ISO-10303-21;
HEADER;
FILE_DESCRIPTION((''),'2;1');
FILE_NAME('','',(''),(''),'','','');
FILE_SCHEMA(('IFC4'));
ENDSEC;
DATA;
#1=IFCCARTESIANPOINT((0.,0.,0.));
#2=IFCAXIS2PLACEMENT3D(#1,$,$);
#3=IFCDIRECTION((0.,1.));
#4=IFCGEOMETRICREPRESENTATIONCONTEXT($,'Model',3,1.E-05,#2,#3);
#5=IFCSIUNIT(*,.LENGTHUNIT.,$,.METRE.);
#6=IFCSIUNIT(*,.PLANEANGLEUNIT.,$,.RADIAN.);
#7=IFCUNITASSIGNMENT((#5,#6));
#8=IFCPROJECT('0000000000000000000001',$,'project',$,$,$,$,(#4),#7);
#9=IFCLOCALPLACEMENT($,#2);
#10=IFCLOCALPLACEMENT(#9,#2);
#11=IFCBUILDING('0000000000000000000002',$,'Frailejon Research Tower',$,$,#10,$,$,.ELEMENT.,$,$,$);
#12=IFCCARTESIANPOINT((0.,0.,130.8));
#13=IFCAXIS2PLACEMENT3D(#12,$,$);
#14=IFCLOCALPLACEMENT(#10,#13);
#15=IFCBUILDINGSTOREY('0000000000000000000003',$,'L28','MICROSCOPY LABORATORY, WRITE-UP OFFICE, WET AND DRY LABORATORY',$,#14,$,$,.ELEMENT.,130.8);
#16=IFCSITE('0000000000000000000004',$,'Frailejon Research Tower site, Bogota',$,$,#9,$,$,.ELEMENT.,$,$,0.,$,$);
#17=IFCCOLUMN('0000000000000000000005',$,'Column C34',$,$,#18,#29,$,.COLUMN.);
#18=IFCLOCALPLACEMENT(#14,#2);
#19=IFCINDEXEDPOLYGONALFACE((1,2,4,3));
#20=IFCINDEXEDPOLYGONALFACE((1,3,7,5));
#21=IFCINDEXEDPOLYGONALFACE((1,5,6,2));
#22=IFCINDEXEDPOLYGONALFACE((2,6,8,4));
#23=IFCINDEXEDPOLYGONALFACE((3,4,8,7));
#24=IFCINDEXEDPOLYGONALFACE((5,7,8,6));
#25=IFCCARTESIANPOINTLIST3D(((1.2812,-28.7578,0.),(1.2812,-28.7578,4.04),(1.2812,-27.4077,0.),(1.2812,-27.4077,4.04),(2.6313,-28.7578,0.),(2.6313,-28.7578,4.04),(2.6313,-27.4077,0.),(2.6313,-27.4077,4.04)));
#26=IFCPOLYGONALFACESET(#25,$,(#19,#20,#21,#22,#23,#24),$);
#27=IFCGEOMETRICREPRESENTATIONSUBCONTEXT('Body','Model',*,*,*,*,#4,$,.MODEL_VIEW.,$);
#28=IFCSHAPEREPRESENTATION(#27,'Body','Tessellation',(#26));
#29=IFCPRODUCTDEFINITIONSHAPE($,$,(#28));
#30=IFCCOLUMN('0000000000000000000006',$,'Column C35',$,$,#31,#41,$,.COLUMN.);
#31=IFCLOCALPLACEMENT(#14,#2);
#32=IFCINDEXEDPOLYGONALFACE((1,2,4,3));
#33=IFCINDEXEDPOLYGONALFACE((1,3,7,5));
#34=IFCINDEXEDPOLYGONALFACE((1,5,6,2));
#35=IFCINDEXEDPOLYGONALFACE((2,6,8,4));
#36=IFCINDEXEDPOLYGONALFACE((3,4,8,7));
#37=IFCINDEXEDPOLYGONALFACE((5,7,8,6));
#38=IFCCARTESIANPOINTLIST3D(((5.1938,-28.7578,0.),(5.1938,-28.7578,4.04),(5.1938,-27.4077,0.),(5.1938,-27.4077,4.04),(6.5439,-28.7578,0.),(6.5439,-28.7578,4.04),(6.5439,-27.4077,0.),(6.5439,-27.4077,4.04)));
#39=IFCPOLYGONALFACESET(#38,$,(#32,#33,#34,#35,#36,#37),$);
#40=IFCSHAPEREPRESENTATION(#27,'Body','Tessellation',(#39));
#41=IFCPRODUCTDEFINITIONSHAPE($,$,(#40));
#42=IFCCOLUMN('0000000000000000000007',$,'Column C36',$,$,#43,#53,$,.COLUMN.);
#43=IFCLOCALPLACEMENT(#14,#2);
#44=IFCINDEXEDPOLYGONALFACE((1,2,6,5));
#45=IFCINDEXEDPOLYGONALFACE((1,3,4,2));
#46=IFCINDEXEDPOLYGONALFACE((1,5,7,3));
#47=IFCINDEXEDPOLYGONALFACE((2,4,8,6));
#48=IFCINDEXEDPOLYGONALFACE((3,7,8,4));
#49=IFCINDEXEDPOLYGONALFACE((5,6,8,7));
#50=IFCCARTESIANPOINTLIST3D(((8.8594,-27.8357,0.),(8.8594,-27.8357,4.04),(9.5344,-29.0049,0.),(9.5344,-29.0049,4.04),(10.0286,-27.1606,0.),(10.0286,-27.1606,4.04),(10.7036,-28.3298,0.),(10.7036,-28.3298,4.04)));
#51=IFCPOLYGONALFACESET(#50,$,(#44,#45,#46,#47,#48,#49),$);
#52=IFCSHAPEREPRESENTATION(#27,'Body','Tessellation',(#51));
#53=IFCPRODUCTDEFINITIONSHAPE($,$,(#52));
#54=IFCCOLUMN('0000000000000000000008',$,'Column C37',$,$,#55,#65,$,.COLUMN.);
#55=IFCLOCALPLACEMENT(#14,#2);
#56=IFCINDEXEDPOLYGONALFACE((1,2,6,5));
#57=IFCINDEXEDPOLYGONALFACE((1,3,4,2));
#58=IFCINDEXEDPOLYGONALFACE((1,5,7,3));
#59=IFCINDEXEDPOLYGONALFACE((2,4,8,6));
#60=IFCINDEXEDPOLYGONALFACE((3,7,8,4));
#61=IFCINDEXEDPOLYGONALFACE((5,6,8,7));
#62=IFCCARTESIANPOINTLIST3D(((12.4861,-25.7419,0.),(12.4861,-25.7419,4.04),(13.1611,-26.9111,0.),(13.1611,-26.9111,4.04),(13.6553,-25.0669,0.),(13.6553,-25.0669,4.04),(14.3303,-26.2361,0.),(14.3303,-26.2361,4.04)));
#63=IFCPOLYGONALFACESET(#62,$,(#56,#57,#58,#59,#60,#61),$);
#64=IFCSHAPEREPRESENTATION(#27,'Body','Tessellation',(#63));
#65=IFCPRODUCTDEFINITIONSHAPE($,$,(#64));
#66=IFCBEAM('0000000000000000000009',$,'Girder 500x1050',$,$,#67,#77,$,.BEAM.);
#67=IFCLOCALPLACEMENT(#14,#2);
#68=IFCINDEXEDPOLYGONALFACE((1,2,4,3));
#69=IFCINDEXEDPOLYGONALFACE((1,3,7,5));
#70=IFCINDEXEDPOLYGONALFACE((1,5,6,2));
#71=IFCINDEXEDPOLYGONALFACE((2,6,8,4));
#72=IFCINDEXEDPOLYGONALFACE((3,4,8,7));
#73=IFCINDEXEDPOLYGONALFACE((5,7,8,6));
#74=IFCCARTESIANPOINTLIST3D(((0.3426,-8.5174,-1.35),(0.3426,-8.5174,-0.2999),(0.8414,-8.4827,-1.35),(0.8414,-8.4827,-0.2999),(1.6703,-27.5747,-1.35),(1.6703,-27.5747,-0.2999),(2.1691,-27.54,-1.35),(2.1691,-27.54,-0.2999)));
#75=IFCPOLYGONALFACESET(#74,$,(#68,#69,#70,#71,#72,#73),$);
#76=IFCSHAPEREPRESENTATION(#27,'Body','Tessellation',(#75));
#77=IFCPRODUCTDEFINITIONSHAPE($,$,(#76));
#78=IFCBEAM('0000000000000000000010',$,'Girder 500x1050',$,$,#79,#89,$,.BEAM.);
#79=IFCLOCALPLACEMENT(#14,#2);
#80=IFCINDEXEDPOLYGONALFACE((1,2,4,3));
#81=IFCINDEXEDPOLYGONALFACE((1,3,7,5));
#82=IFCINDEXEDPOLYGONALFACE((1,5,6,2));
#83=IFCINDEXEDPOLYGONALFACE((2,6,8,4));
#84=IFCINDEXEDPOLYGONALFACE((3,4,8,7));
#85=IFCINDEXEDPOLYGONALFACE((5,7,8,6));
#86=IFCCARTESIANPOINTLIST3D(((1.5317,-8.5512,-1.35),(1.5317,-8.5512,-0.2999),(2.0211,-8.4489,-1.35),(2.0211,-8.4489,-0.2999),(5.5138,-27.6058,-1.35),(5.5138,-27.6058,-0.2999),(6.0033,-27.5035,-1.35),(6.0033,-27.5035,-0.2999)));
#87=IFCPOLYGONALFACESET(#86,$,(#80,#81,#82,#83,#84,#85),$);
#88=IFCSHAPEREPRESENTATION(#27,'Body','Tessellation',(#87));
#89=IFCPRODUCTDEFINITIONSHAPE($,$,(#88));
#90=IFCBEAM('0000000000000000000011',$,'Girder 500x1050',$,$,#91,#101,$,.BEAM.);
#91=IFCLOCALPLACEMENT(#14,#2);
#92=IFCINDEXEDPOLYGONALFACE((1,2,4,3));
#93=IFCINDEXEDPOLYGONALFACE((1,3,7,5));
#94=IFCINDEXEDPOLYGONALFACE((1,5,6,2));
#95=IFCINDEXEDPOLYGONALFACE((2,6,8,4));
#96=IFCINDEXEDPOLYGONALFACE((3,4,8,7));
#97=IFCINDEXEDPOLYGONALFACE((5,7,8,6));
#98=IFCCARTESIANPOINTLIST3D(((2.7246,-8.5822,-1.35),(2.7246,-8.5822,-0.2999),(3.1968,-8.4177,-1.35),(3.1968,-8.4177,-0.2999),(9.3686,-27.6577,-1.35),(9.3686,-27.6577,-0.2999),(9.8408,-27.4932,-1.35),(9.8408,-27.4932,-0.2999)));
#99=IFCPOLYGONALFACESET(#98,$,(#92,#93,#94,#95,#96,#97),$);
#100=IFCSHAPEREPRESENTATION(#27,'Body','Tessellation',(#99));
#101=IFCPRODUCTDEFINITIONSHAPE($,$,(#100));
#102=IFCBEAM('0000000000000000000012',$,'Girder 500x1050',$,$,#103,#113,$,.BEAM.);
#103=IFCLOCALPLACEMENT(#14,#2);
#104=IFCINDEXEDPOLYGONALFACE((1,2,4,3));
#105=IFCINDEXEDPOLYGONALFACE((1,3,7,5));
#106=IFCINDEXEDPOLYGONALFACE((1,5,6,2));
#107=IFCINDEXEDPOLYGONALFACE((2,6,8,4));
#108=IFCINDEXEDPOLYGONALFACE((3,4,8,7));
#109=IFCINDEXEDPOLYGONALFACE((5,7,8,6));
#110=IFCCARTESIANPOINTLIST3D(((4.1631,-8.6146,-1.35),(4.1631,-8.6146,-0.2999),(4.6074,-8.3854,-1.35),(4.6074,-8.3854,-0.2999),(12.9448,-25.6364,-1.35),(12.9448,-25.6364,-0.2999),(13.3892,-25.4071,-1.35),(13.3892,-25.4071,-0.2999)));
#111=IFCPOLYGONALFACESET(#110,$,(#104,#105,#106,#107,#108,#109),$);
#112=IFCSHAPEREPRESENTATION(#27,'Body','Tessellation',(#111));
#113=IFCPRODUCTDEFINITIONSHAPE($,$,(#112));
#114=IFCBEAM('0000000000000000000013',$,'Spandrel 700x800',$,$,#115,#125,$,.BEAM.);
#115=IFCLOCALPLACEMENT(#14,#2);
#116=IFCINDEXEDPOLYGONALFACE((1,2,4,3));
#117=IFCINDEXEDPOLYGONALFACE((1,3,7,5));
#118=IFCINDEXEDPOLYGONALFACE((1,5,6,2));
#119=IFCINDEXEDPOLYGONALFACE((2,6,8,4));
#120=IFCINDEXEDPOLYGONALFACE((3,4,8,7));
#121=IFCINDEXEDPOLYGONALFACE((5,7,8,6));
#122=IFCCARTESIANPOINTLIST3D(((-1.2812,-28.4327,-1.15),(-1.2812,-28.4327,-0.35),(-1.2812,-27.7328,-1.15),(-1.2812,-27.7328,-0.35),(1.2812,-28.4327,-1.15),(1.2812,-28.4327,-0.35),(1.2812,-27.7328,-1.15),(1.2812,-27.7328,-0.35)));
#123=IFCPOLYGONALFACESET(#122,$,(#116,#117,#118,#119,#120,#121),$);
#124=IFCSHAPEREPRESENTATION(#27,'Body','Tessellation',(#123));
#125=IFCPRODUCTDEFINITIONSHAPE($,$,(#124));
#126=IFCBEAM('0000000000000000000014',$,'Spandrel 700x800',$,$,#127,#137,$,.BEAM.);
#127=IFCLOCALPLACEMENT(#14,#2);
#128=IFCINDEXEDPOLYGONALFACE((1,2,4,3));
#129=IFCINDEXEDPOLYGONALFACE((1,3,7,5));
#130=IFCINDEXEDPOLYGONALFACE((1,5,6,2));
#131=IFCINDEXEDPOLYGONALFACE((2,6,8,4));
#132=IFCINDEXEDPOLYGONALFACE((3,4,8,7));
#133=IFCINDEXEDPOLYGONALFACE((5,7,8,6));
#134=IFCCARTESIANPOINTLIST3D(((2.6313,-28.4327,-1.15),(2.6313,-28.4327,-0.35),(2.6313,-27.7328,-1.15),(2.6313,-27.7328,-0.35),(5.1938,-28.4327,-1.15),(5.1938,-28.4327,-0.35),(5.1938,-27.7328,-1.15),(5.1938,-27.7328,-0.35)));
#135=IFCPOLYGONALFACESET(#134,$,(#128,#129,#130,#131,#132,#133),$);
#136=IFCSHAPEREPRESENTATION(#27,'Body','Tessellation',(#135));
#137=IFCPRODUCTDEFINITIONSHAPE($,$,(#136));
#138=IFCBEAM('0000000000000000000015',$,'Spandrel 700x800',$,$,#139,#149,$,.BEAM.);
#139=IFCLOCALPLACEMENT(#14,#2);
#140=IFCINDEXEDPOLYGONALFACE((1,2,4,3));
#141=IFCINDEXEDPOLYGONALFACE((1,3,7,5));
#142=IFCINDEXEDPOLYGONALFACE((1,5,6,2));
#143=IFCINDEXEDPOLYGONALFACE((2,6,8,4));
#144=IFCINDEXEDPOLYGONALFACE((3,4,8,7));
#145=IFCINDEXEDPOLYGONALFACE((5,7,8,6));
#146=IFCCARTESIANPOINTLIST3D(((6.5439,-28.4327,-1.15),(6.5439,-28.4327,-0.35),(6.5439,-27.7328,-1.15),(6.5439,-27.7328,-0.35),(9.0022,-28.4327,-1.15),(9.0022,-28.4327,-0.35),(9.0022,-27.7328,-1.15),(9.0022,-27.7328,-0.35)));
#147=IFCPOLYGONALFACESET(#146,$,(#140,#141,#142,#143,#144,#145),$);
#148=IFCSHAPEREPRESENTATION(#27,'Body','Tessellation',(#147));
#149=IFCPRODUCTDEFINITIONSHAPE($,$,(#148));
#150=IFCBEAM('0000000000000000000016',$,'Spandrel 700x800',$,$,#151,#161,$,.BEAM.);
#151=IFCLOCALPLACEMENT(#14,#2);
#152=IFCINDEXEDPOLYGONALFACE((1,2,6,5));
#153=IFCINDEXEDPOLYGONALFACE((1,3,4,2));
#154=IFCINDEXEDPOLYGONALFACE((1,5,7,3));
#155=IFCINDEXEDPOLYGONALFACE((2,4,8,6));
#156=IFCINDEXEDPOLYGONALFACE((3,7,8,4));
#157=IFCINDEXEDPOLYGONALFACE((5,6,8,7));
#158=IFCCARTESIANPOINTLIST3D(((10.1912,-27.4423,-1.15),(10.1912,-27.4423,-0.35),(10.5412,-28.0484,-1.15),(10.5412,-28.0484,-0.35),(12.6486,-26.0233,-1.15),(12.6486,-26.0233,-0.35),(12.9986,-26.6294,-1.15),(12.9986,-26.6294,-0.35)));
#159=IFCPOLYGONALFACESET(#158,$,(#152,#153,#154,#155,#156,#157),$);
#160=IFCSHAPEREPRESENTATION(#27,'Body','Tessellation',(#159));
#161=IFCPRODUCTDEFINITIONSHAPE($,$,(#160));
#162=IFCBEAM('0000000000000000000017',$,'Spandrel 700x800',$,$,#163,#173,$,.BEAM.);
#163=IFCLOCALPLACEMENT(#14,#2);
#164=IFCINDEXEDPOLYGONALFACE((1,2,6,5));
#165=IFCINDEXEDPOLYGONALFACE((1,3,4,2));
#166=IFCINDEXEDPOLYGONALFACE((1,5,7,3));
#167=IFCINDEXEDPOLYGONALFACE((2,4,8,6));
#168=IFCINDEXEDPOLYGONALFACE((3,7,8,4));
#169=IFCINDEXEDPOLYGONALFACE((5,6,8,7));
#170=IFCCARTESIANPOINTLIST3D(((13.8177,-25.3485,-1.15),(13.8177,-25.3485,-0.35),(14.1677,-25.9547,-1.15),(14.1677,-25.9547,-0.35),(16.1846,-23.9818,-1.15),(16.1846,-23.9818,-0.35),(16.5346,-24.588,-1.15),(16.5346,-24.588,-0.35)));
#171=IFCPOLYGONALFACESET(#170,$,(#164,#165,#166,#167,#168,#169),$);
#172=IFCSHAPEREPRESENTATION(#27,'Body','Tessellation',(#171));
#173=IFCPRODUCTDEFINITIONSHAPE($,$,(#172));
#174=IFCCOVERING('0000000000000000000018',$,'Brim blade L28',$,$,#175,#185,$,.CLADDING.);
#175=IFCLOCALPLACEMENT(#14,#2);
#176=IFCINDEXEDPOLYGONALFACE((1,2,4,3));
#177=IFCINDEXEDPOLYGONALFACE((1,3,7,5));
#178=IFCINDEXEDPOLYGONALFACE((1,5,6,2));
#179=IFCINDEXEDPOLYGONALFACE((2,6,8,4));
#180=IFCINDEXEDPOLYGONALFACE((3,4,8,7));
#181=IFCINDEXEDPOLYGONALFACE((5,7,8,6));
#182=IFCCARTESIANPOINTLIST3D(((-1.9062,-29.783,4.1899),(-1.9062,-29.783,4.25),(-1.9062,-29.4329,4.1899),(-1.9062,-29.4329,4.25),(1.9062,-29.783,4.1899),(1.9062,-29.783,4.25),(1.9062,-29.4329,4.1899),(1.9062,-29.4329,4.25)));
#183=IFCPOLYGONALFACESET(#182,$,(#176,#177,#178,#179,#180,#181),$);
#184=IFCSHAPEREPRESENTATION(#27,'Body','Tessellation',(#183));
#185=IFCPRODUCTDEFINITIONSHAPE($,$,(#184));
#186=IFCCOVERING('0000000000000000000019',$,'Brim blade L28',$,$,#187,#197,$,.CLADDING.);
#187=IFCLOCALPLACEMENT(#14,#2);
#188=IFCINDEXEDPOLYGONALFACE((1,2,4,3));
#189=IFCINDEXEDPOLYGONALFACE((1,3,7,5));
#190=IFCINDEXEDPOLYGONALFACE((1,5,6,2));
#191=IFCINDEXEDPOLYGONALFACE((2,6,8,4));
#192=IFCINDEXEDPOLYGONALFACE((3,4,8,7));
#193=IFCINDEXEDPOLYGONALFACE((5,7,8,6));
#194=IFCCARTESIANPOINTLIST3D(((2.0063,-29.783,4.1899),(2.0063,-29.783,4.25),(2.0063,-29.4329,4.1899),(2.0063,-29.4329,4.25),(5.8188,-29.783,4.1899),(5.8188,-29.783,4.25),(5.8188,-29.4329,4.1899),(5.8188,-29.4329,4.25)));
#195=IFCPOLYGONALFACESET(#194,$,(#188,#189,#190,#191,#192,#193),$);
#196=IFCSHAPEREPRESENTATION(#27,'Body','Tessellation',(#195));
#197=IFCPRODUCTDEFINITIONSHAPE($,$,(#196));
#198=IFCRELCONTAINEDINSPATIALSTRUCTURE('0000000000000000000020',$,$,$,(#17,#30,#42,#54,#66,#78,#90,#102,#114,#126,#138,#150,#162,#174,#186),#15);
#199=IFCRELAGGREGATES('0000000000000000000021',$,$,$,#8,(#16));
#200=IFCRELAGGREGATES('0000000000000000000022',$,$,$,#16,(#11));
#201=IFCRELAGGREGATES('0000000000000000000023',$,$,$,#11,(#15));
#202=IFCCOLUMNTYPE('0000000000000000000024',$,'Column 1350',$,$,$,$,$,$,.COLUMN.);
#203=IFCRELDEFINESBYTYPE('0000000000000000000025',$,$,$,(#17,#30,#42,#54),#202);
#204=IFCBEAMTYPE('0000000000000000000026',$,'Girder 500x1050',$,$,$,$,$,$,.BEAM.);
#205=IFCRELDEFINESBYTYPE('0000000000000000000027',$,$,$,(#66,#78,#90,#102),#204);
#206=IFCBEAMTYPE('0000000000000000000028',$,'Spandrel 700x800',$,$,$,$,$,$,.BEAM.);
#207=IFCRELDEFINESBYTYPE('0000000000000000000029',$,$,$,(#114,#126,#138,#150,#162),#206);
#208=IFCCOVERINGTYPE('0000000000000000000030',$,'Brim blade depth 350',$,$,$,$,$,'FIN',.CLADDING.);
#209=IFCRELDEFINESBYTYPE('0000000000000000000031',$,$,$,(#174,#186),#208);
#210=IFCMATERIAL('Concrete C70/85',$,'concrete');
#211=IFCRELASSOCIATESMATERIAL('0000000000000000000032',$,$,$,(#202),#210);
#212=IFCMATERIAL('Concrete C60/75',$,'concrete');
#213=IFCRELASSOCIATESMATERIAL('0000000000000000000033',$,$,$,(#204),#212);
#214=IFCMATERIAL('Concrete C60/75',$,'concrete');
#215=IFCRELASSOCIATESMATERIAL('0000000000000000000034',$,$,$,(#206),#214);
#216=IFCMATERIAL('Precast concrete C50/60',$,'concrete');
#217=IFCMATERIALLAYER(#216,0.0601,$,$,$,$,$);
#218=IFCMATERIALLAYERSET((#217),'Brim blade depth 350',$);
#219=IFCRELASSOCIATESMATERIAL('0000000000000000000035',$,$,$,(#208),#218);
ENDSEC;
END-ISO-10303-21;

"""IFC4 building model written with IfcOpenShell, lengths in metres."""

from ifc_helpers import new_model, si_unit, direction, frame, origin, origin_2d, place, context, subcontext, project, spatial, polyline, rectangle, outline, extrude, material, layer, layer_set, material_profile, profile_set, type_object, element, save


model = new_model("IFC4")

# Units and contexts
model_context = context("Model", 3, precision=1e-05, world=origin(), true_north=direction((0.0, 1.0)))
body_context = subcontext(model_context, "Body", "Model", "MODEL_VIEW")
ifc_project = project(units=[si_unit("LENGTHUNIT", "METRE"), si_unit("PLANEANGLEUNIT", "RADIAN")], contexts=[model_context])

# Site, building, storey
site_placement = place(None, origin())
site = spatial("IfcSite", under=ifc_project, at=site_placement, Name="Frailejon Research Tower site, Bogota", CompositionType="ELEMENT", RefElevation=0.0)
building_placement = place(site_placement, origin())
building = spatial("IfcBuilding", under=site, at=building_placement, Name="Frailejon Research Tower", CompositionType="ELEMENT")
storey_placement = place(building_placement, frame((0.0, 0.0, 130.8)))
storey = spatial("IfcBuildingStorey", under=building, at=storey_placement, Name="L28", Description="MICROSCOPY LABORATORY, WRITE-UP OFFICE, WET AND DRY LABORATORY", CompositionType="ELEMENT", Elevation=130.8)

# Columns
ifc_material_1 = material(Name="Concrete C70/85", Category="concrete")
ifc_material_profile_1 = material_profile(ifc_material_1, rectangle(XDim=1.3501, YDim=1.3501, at=origin_2d()), Name="Column 1350")
ifc_profile_set_1 = profile_set([ifc_material_profile_1], Name="Concrete C70/85")
column_type = type_object("IfcColumnType", Name="Column 1350", PredefinedType="COLUMN", material=ifc_profile_set_1)
for number, where, z_axis, x_axis, name in (
    (1, (1.9563, -28.0828, 0.0), (0.0, 0.0, 1.0), (1.0, 0.0, 0.0), "Column C34"),
    (2, (5.8689, -28.0828, 0.0), (0.0, 0.0, 1.0), (1.0, 0.0, 0.0), "Column C35"),
    (3, (9.7815, -28.0828, 0.0), (0.0, 0.0, 1.0), (0.866025, 0.5, 0.0), "Column C36"),
    (4, (13.4082, -25.989, 0.0), (0.0, 0.0, 1.0), (0.866025, 0.5, 0.0), "Column C37"),
):
    element("IfcColumn", number, at=place(storey_placement, frame(where, z_axis=z_axis, x_axis=x_axis)), inside=storey, type_object=column_type, Name=name, PredefinedType="COLUMN", context=body_context, shape_type="SweptSolid", body=[
        extrude(rectangle(XDim=1.3501, YDim=1.3501, at=origin_2d()), origin(), (0.0, 0.0, 1.0), 4.04),
    ])

# Beams
ifc_material_2 = material(Name="Concrete C60/75", Category="concrete")
ifc_material_profile_2 = material_profile(ifc_material_2, rectangle(XDim=0.5, YDim=1.05, at=origin_2d()), Name="Girder 500x1050")
ifc_profile_set_2 = profile_set([ifc_material_profile_2], Name="Concrete C60/75")
beam_type_1 = type_object("IfcBeamType", Name="Girder 500x1050", PredefinedType="BEAM", material=ifc_profile_set_2)
beam_1_placement = place(storey_placement, frame((1.9197, -27.5574, -0.825), z_axis=(-0.069497, 0.997582, 0.0), x_axis=(-0.997582, -0.069497, 0.0)))
element("IfcBeam", 5, at=beam_1_placement, inside=storey, type_object=beam_type_1, Name="Girder 500x1050", PredefinedType="BEAM", context=body_context, shape_type="SweptSolid", body=[
    extrude(rectangle(XDim=0.5, YDim=1.05, at=origin_2d()), origin(), (0.0, 0.0, 1.0), 19.1035),
])
beam_2_placement = place(storey_placement, frame((5.7585, -27.5547, -0.825), z_axis=(-0.204567, 0.978853, 0.0), x_axis=(-0.978853, -0.204567, 0.0)))
element("IfcBeam", 6, at=beam_2_placement, inside=storey, type_object=beam_type_1, Name="Girder 500x1050", PredefinedType="BEAM", context=body_context, shape_type="SweptSolid", body=[
    extrude(rectangle(XDim=0.5, YDim=1.05, at=origin_2d()), origin(), (0.0, 0.0, 1.0), 19.4663),
])
beam_3_placement = place(storey_placement, frame((9.6047, -27.5754, -0.825), z_axis=(-0.328923, 0.944357, 0.0), x_axis=(-0.944357, -0.328923, 0.0)))
element("IfcBeam", 7, at=beam_3_placement, inside=storey, type_object=beam_type_1, Name="Girder 500x1050", PredefinedType="BEAM", context=body_context, shape_type="SweptSolid", body=[
    extrude(rectangle(XDim=0.5, YDim=1.05, at=origin_2d()), origin(), (0.0, 0.0, 1.0), 20.1995),
])
beam_4_placement = place(storey_placement, frame((13.167, -25.5217, -0.825), z_axis=(-0.458492, 0.888699, 0.0), x_axis=(-0.888699, -0.458492, 0.0)))
element("IfcBeam", 8, at=beam_4_placement, inside=storey, type_object=beam_type_1, Name="Girder 500x1050", PredefinedType="BEAM", context=body_context, shape_type="SweptSolid", body=[
    extrude(rectangle(XDim=0.5, YDim=1.05, at=origin_2d()), origin(), (0.0, 0.0, 1.0), 19.1536),
])
ifc_material_3 = material(Name="Concrete C60/75", Category="concrete")
ifc_material_profile_3 = material_profile(ifc_material_3, rectangle(XDim=0.7, YDim=0.8, at=origin_2d()), Name="Spandrel 700x800")
ifc_profile_set_3 = profile_set([ifc_material_profile_3], Name="Concrete C60/75")
beam_type_2 = type_object("IfcBeamType", Name="Spandrel 700x800", PredefinedType="BEAM", material=ifc_profile_set_3)
for number, where, z_axis, x_axis, name in (
    (9, (-1.2812, -28.0828, -0.75), (1.0, 0.0, 0.0), (0.0, 1.0, 0.0), "Spandrel 700x800"),
    (10, (2.6313, -28.0828, -0.75), (1.0, 0.0, 0.0), (0.0, 1.0, 0.0), "Spandrel 700x800"),
):
    element("IfcBeam", number, at=place(storey_placement, frame(where, z_axis=z_axis, x_axis=x_axis)), inside=storey, type_object=beam_type_2, Name=name, PredefinedType="BEAM", context=body_context, shape_type="SweptSolid", body=[
        extrude(rectangle(XDim=0.7, YDim=0.8, at=origin_2d()), origin(), (0.0, 0.0, 1.0), 2.5625),
    ])
beam_5_placement = place(storey_placement, frame((6.5439, -28.0828, -0.75), z_axis=(1.0, 0.0, 0.0), x_axis=(0.0, 1.0, 0.0)))
element("IfcBeam", 11, at=beam_5_placement, inside=storey, type_object=beam_type_2, Name="Spandrel 700x800", PredefinedType="BEAM", context=body_context, shape_type="SweptSolid", body=[
    extrude(rectangle(XDim=0.7, YDim=0.8, at=origin_2d()), origin(), (0.0, 0.0, 1.0), 2.4583),
])
beam_6_placement = place(storey_placement, frame((10.3662, -27.7454, -0.75), z_axis=(0.865989, 0.500063, 0.0), x_axis=(-0.500063, 0.865989, 0.0)))
element("IfcBeam", 12, at=beam_6_placement, inside=storey, type_object=beam_type_2, Name="Spandrel 700x800", PredefinedType="BEAM", context=body_context, shape_type="SweptSolid", body=[
    extrude(rectangle(XDim=0.7, YDim=0.8, at=origin_2d()), origin(), (0.0, 0.0, 1.0), 2.8376),
])
beam_7_placement = place(storey_placement, frame((13.9927, -25.6516, -0.75), z_axis=(0.866003, 0.500039, 0.0), x_axis=(-0.500039, 0.866003, 0.0)))
element("IfcBeam", 13, at=beam_7_placement, inside=storey, type_object=beam_type_2, Name="Spandrel 700x800", PredefinedType="BEAM", context=body_context, shape_type="SweptSolid", body=[
    extrude(rectangle(XDim=0.7, YDim=0.8, at=origin_2d()), origin(), (0.0, 0.0, 1.0), 2.7332),
])

# Coverings
ifc_material_4 = material(Name="Precast concrete C50/60", Category="concrete")
ifc_layer_1 = layer(ifc_material_4, 0.0601)
ifc_layer_set_1 = layer_set([ifc_layer_1], Name="Brim blade depth 350")
covering_type_1 = type_object("IfcCoveringType", Name="Brim blade depth 350", ElementType="FIN", PredefinedType="CLADDING", material=ifc_layer_set_1)
for number, where, z_axis, x_axis, name in (
    (14, (1.9062, -29.4329, 4.25), (-1.0, 0.0, 0.0), (0.0, -1.0, 0.0), "Brim blade L28"),
    (15, (5.8188, -29.4329, 4.25), (-1.0, 0.0, 0.0), (0.0, -1.0, 0.0), "Brim blade L28"),
):
    element("IfcCovering", number, at=place(storey_placement, frame(where, z_axis=z_axis, x_axis=x_axis)), inside=storey, type_object=covering_type_1, Name=name, PredefinedType="CLADDING", context=body_context, shape_type="SweptSolid", body=[
        extrude(outline(polyline([(0.0, -0.0601), (0.3501, -0.0601), (0.3501, 0.0), (0.0, 0.0), (0.0, -0.0601)])), origin(), (0.0, 0.0, 1.0), 3.8125),
    ])

save(model, "model.ifc")
